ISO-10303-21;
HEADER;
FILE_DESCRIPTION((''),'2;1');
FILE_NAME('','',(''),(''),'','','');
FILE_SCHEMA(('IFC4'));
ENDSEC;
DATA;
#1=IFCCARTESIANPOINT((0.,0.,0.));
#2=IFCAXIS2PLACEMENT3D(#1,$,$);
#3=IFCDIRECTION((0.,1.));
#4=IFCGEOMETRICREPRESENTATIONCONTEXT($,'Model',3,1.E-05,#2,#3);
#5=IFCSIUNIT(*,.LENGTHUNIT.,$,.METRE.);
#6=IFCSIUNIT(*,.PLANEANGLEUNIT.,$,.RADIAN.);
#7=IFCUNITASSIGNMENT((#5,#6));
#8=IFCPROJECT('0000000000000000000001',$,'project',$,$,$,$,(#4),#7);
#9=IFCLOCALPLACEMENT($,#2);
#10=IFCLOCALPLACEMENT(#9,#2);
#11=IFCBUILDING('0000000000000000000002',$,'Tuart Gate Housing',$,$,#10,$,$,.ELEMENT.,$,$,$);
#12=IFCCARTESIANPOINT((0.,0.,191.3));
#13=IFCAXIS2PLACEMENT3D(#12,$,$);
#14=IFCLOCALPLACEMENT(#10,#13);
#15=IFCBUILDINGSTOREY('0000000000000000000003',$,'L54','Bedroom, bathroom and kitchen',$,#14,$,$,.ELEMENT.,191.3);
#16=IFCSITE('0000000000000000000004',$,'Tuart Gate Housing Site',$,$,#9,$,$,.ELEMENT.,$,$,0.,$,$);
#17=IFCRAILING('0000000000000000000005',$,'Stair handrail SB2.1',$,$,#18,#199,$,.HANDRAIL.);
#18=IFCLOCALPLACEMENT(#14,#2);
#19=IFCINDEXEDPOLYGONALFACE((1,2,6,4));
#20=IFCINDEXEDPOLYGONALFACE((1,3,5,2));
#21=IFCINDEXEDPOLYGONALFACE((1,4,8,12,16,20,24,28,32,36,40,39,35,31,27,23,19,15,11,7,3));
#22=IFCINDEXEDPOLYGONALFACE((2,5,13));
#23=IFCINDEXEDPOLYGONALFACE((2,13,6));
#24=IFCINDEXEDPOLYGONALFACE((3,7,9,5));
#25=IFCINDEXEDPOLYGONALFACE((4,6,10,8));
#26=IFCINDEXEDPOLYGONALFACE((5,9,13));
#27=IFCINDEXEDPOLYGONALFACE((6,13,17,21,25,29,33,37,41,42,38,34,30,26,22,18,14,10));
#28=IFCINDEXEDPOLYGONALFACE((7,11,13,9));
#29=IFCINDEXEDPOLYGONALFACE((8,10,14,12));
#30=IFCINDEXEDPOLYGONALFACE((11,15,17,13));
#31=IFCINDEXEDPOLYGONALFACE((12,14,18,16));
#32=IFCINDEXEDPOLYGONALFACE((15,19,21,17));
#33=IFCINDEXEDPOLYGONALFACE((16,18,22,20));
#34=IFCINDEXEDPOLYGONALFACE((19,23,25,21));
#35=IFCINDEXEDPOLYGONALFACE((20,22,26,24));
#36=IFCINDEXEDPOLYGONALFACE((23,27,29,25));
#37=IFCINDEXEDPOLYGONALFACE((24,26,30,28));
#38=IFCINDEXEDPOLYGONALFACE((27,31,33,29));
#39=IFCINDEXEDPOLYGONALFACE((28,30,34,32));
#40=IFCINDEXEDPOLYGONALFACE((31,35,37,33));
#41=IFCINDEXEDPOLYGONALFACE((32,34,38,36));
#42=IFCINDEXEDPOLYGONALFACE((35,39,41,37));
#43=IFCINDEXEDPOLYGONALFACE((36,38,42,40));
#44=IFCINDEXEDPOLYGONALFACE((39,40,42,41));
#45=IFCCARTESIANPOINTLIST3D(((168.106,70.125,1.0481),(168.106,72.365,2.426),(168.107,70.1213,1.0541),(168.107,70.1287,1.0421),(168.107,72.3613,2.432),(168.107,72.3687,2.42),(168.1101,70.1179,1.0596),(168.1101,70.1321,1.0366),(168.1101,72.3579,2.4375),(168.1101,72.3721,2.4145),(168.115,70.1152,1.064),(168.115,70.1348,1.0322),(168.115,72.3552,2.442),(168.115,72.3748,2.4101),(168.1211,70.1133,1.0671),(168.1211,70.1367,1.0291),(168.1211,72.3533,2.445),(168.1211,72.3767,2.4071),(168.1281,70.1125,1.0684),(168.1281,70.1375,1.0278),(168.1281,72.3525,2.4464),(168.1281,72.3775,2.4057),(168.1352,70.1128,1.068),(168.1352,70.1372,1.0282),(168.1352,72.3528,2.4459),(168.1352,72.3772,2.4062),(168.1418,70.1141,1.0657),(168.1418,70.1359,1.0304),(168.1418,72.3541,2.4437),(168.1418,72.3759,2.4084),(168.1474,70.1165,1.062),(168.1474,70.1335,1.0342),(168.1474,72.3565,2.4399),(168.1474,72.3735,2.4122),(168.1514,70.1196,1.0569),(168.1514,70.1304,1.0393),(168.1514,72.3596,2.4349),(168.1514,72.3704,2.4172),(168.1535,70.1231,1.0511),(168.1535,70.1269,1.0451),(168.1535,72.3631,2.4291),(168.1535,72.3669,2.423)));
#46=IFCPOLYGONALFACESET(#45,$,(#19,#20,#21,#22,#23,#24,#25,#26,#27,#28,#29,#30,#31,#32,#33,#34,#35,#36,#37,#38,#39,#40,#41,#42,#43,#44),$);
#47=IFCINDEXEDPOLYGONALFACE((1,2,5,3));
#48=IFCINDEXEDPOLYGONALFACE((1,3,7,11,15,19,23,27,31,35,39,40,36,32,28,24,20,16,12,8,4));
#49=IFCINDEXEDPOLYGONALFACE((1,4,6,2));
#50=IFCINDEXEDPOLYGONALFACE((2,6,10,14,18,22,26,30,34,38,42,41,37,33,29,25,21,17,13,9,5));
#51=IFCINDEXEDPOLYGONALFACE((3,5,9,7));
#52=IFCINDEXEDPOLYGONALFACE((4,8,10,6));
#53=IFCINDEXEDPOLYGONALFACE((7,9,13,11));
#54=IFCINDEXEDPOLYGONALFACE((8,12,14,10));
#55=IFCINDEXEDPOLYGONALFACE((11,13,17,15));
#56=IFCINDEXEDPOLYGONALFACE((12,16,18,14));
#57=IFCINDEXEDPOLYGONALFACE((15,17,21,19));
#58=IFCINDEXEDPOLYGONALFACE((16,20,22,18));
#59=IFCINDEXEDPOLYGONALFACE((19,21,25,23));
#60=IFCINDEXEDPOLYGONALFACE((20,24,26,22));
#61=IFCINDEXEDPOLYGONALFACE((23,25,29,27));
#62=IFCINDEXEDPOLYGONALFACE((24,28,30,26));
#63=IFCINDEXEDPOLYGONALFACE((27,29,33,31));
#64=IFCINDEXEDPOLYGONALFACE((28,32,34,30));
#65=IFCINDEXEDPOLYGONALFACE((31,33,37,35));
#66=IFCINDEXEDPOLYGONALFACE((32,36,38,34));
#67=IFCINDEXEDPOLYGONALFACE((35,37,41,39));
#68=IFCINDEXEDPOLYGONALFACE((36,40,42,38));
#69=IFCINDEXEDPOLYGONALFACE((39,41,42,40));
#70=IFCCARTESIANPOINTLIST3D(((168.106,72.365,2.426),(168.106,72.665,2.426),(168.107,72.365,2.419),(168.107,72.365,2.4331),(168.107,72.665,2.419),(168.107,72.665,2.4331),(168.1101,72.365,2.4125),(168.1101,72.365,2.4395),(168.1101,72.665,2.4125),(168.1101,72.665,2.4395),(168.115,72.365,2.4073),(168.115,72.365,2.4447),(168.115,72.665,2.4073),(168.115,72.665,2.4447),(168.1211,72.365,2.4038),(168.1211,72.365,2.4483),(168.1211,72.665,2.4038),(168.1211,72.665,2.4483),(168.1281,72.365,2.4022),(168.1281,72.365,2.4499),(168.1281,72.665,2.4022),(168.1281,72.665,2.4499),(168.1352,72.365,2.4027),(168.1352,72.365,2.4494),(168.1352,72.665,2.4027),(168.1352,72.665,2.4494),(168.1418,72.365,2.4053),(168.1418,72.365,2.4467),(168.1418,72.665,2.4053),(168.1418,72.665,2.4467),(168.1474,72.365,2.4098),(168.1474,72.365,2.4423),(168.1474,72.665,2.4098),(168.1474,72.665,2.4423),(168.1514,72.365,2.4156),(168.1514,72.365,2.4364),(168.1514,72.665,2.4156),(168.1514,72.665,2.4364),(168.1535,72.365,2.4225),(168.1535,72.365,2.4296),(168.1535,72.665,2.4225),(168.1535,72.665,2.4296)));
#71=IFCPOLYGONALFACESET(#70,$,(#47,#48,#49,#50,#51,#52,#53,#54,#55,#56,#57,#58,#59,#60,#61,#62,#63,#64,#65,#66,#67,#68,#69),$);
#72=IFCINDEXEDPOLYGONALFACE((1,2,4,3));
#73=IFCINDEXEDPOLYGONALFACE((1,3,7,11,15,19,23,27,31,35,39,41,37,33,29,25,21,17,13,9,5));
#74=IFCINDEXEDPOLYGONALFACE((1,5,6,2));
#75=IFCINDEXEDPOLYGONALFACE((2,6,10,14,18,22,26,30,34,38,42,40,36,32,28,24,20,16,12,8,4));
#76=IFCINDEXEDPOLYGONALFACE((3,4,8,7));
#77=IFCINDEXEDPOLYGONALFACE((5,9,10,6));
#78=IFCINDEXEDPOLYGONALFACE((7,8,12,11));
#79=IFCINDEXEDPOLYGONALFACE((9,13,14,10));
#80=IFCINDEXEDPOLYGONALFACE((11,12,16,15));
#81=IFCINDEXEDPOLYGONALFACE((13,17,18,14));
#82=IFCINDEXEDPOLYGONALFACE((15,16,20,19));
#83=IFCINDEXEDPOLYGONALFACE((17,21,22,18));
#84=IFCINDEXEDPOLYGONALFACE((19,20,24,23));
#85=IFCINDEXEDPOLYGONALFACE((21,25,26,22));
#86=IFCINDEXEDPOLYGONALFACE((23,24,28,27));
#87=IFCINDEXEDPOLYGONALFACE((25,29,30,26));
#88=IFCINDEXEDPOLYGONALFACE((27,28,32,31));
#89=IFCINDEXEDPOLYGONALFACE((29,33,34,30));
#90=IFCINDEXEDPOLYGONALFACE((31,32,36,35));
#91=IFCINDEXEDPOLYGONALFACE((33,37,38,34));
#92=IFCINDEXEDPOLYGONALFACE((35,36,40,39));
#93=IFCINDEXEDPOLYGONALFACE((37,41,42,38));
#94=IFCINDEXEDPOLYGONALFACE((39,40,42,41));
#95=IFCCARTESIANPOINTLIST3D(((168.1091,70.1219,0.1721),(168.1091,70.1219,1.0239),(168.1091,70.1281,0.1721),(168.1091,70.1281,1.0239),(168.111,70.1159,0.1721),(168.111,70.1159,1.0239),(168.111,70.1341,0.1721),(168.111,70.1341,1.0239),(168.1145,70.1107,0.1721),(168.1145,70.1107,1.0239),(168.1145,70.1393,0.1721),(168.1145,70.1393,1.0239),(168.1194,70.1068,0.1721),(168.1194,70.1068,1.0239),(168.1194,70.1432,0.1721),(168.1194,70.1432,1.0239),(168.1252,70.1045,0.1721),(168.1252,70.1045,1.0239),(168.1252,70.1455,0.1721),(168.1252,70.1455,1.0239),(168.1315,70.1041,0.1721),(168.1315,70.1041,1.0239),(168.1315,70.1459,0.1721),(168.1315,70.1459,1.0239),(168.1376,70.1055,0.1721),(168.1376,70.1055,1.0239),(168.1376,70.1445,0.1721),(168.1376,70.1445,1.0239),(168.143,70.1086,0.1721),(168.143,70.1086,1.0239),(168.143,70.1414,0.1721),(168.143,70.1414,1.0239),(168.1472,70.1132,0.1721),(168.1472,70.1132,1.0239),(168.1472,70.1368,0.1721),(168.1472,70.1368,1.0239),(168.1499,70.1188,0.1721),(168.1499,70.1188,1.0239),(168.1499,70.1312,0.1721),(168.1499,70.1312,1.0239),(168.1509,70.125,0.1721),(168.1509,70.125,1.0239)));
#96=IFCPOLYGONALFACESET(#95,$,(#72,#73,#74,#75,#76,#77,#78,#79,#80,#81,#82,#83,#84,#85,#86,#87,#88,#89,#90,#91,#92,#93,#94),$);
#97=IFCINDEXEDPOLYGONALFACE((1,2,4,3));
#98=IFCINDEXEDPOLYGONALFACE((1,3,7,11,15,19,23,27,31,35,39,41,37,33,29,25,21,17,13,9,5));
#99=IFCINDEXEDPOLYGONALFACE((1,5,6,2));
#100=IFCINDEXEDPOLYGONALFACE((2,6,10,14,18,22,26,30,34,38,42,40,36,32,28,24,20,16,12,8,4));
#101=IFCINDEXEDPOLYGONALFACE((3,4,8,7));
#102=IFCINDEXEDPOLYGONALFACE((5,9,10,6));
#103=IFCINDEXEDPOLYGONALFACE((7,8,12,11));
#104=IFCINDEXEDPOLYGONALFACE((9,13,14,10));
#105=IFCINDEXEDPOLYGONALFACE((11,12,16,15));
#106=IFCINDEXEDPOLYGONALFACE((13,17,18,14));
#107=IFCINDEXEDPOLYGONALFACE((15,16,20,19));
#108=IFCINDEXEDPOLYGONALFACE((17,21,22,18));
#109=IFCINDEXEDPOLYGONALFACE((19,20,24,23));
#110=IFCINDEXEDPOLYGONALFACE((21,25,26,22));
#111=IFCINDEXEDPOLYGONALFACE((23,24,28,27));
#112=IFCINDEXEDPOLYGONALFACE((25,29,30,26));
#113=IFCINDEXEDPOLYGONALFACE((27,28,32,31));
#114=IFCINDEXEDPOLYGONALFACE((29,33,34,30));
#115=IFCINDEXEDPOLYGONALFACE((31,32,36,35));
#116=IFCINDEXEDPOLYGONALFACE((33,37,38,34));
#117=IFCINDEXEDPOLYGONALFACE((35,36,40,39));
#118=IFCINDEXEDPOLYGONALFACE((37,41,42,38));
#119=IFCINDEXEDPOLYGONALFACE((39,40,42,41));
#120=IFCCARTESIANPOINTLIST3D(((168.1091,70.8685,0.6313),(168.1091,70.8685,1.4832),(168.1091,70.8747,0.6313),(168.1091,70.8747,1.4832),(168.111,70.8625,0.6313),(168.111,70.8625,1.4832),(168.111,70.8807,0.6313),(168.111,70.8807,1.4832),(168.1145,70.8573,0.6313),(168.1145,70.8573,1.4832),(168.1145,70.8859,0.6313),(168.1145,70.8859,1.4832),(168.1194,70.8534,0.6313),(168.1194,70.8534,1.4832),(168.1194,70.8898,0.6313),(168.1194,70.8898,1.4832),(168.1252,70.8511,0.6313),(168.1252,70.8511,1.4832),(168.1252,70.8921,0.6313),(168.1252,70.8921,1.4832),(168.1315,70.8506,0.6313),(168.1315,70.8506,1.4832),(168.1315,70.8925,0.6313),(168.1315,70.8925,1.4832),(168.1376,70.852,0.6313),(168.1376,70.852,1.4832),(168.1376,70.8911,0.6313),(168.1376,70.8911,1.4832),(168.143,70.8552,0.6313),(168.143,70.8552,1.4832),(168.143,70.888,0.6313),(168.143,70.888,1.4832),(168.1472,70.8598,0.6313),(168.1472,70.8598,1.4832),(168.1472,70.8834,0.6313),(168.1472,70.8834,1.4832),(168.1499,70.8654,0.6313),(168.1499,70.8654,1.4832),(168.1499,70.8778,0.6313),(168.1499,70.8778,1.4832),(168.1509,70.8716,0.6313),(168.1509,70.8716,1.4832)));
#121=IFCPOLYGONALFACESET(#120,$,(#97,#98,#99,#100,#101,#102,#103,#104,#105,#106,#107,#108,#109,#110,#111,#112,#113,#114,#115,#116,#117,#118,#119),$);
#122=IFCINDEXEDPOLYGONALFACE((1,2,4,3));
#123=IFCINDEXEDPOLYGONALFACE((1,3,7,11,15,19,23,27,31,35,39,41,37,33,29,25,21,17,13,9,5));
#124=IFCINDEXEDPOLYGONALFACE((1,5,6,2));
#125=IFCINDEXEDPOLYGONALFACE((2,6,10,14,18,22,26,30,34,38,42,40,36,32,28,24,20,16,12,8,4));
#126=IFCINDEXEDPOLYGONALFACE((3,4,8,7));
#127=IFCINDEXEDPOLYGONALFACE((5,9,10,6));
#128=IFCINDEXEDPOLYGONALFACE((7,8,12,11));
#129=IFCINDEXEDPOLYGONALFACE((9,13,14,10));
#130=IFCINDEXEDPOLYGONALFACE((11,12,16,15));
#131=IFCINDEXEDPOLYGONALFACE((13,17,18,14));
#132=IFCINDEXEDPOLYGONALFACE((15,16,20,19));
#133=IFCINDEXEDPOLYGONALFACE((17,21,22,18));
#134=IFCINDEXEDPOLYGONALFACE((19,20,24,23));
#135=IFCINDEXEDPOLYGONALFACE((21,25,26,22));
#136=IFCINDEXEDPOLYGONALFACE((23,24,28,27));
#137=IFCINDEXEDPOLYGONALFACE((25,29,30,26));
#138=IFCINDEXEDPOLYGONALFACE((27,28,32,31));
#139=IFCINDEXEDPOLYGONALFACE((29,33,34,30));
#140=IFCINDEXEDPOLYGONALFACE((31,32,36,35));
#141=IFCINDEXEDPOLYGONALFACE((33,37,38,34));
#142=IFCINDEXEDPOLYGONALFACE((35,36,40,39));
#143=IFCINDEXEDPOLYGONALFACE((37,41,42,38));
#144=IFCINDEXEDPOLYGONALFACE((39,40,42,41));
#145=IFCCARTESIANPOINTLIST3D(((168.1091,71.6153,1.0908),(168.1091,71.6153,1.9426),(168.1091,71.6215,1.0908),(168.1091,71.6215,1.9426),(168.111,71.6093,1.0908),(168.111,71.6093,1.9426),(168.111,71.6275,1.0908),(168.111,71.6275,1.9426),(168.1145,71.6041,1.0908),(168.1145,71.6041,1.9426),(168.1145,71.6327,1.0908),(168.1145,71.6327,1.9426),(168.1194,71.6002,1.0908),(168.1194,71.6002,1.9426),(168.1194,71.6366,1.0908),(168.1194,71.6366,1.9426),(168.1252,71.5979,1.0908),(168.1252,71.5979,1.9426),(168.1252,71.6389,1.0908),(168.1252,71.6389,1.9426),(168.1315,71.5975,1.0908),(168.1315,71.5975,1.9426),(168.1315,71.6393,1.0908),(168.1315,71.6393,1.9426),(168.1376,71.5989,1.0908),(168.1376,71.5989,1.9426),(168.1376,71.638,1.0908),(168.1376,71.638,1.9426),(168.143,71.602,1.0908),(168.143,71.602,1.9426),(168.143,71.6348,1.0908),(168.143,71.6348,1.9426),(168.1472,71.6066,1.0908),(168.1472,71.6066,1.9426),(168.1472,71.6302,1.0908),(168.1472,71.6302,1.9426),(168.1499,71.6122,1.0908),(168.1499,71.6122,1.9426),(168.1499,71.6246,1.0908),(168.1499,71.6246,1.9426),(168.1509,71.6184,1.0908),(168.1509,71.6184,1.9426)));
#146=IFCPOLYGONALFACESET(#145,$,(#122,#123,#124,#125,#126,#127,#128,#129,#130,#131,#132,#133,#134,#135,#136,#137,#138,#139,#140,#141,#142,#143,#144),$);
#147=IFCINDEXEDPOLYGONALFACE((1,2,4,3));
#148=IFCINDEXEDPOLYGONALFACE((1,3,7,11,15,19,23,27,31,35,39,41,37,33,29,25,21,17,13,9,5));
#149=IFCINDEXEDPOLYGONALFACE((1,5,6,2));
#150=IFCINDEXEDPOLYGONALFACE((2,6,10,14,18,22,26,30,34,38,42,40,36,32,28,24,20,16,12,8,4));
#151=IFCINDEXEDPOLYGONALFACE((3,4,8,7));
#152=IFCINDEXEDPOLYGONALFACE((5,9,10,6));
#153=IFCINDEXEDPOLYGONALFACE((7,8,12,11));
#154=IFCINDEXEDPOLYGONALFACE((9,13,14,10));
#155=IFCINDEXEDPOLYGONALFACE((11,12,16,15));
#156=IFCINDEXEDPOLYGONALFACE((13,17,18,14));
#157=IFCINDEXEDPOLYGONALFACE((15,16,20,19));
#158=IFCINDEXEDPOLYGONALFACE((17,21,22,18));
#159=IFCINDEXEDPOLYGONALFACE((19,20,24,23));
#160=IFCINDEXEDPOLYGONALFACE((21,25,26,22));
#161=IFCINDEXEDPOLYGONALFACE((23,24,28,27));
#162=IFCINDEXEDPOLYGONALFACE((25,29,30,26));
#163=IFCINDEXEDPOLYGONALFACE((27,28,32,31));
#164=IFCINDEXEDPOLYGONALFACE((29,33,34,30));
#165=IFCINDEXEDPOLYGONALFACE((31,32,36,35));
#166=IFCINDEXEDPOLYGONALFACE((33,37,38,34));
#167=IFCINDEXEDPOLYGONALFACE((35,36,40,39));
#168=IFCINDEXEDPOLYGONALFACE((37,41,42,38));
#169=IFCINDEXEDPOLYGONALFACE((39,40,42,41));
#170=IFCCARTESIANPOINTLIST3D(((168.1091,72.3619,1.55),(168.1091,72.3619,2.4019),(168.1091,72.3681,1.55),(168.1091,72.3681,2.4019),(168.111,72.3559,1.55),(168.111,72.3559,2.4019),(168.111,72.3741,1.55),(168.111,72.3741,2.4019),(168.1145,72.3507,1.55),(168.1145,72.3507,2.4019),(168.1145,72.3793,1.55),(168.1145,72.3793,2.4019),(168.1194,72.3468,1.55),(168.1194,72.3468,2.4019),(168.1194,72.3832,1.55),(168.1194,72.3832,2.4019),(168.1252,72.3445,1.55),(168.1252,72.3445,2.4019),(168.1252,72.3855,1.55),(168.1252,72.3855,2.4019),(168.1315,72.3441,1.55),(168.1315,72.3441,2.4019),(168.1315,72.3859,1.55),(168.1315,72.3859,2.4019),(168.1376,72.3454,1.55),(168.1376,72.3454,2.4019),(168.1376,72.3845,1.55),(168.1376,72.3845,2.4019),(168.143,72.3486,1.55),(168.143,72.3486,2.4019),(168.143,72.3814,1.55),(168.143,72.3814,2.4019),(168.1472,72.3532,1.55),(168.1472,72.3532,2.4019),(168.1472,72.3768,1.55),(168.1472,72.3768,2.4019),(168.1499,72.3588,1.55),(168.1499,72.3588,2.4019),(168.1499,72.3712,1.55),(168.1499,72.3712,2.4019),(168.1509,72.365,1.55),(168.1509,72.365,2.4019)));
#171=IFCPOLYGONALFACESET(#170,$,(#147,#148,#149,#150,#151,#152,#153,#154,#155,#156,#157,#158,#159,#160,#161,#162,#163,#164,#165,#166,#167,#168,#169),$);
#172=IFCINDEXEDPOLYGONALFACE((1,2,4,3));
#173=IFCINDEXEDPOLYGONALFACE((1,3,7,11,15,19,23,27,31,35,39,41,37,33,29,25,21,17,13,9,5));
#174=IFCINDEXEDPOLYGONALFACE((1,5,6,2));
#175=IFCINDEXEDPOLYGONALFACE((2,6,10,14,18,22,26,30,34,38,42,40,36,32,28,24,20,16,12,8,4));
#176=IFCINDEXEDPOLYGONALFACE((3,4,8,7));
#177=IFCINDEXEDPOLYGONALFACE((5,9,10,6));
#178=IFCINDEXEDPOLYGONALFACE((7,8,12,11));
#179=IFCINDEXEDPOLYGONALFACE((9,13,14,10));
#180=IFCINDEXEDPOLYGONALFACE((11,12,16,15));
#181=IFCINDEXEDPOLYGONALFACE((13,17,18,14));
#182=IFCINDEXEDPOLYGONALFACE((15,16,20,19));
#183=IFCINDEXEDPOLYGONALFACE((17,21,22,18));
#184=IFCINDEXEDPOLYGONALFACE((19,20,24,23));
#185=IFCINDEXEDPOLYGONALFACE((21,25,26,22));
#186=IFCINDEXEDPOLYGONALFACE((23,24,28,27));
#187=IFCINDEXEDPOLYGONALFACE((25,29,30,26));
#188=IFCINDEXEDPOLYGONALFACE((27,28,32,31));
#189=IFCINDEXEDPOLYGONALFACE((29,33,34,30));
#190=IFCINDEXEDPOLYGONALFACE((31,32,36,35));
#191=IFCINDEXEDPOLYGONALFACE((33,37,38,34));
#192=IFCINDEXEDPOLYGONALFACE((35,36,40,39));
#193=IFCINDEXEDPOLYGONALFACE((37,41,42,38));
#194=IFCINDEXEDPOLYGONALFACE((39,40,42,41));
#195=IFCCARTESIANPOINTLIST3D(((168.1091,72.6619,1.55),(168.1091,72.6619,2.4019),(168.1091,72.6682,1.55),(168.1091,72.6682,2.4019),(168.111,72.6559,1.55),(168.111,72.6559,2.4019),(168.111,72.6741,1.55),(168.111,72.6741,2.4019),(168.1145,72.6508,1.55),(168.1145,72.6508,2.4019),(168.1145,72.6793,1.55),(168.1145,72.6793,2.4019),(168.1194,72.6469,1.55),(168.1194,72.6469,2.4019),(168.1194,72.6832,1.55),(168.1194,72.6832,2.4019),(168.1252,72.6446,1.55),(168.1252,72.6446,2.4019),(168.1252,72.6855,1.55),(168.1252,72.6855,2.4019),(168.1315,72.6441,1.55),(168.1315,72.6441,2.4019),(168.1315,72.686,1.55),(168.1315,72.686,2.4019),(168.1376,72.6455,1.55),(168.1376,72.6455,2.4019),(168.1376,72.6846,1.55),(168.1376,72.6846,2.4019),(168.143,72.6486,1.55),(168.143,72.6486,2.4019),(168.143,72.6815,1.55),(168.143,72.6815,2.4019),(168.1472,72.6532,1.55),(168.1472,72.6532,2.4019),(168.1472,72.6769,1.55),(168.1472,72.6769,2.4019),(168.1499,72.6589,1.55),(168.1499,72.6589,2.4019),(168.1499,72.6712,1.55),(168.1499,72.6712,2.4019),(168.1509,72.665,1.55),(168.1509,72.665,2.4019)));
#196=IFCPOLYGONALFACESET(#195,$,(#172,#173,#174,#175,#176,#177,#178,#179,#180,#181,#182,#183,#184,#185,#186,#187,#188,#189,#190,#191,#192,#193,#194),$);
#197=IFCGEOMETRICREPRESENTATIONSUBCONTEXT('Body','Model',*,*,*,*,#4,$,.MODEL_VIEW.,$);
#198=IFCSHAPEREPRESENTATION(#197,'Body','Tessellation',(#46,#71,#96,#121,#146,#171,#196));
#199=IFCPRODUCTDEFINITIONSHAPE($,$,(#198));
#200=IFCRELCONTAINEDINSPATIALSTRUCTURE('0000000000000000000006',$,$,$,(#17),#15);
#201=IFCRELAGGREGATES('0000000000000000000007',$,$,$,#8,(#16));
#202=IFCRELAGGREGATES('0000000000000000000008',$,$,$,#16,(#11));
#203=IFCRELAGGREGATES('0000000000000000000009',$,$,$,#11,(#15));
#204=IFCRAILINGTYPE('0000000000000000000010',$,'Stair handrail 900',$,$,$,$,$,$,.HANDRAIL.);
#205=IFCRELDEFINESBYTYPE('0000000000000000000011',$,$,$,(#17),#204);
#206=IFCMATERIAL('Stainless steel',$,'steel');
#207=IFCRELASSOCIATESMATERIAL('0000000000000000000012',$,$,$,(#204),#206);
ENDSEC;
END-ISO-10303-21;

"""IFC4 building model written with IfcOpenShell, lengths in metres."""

from ifc_helpers import new_model, si_unit, direction, frame, origin, origin_2d, place, context, subcontext, project, spatial, circle, extrude, material, type_object, element, save


model = new_model("IFC4")

# Units and contexts
model_context = context("Model", 3, precision=1e-05, world=origin(), true_north=direction((0.0, 1.0)))
body_context = subcontext(model_context, "Body", "Model", "MODEL_VIEW")
ifc_project = project(units=[si_unit("LENGTHUNIT", "METRE"), si_unit("PLANEANGLEUNIT", "RADIAN")], contexts=[model_context])

# Site, building, storey
site_placement = place(None, origin())
site = spatial("IfcSite", under=ifc_project, at=site_placement, Name="Tuart Gate Housing Site", CompositionType="ELEMENT", RefElevation=0.0)
building_placement = place(site_placement, origin())
building = spatial("IfcBuilding", under=site, at=building_placement, Name="Tuart Gate Housing", CompositionType="ELEMENT")
storey_placement = place(building_placement, frame((0.0, 0.0, 191.3)))
storey = spatial("IfcBuildingStorey", under=building, at=storey_placement, Name="L54", Description="Bedroom, bathroom and kitchen", CompositionType="ELEMENT", Elevation=191.3)

# Railing
ifc_material_1 = material(Name="Stainless steel", Category="steel")
railing_type = type_object("IfcRailingType", Name="Stair handrail 900", PredefinedType="HANDRAIL", material=ifc_material_1)
railing_placement = place(storey_placement, frame((168.1299, 70.125, 0.1721)))
element("IfcRailing", 1, at=railing_placement, inside=storey, type_object=railing_type, Name="Stair handrail SB2.1", PredefinedType="HANDRAIL", context=body_context, shape_type="SweptSolid", body=[
    extrude(circle(Radius=0.0239, at=origin_2d()), frame((0.0, 0.0, 0.876), z_axis=(0.0, 0.851748, 0.523952), x_axis=(-1.0, 0.0, 0.0)), (0.0, 0.0, 1.0), 2.6299),
    extrude(circle(Radius=0.0239, at=origin_2d()), frame((0.0, 2.24, 2.2539), z_axis=(0.0, 1.0, 0.0), x_axis=(-1.0, 0.0, 0.0)), (0.0, 0.0, 1.0), 0.3),
    extrude(circle(Radius=0.021, at=origin_2d()), origin(), (0.0, 0.0, 1.0), 0.8518),
    extrude(circle(Radius=0.021, at=origin_2d()), frame((0.0, 0.7466, 0.4592)), (0.0, 0.0, 1.0), 0.8518),
    extrude(circle(Radius=0.021, at=origin_2d()), frame((0.0, 1.4934, 0.9187)), (0.0, 0.0, 1.0), 0.8518),
    extrude(circle(Radius=0.021, at=origin_2d()), frame((0.0, 2.24, 1.3779)), (0.0, 0.0, 1.0), 0.8518),
    extrude(circle(Radius=0.021, at=origin_2d()), frame((0.0, 2.54, 1.3779)), (0.0, 0.0, 1.0), 0.8518),
])

save(model, "model.ifc")
